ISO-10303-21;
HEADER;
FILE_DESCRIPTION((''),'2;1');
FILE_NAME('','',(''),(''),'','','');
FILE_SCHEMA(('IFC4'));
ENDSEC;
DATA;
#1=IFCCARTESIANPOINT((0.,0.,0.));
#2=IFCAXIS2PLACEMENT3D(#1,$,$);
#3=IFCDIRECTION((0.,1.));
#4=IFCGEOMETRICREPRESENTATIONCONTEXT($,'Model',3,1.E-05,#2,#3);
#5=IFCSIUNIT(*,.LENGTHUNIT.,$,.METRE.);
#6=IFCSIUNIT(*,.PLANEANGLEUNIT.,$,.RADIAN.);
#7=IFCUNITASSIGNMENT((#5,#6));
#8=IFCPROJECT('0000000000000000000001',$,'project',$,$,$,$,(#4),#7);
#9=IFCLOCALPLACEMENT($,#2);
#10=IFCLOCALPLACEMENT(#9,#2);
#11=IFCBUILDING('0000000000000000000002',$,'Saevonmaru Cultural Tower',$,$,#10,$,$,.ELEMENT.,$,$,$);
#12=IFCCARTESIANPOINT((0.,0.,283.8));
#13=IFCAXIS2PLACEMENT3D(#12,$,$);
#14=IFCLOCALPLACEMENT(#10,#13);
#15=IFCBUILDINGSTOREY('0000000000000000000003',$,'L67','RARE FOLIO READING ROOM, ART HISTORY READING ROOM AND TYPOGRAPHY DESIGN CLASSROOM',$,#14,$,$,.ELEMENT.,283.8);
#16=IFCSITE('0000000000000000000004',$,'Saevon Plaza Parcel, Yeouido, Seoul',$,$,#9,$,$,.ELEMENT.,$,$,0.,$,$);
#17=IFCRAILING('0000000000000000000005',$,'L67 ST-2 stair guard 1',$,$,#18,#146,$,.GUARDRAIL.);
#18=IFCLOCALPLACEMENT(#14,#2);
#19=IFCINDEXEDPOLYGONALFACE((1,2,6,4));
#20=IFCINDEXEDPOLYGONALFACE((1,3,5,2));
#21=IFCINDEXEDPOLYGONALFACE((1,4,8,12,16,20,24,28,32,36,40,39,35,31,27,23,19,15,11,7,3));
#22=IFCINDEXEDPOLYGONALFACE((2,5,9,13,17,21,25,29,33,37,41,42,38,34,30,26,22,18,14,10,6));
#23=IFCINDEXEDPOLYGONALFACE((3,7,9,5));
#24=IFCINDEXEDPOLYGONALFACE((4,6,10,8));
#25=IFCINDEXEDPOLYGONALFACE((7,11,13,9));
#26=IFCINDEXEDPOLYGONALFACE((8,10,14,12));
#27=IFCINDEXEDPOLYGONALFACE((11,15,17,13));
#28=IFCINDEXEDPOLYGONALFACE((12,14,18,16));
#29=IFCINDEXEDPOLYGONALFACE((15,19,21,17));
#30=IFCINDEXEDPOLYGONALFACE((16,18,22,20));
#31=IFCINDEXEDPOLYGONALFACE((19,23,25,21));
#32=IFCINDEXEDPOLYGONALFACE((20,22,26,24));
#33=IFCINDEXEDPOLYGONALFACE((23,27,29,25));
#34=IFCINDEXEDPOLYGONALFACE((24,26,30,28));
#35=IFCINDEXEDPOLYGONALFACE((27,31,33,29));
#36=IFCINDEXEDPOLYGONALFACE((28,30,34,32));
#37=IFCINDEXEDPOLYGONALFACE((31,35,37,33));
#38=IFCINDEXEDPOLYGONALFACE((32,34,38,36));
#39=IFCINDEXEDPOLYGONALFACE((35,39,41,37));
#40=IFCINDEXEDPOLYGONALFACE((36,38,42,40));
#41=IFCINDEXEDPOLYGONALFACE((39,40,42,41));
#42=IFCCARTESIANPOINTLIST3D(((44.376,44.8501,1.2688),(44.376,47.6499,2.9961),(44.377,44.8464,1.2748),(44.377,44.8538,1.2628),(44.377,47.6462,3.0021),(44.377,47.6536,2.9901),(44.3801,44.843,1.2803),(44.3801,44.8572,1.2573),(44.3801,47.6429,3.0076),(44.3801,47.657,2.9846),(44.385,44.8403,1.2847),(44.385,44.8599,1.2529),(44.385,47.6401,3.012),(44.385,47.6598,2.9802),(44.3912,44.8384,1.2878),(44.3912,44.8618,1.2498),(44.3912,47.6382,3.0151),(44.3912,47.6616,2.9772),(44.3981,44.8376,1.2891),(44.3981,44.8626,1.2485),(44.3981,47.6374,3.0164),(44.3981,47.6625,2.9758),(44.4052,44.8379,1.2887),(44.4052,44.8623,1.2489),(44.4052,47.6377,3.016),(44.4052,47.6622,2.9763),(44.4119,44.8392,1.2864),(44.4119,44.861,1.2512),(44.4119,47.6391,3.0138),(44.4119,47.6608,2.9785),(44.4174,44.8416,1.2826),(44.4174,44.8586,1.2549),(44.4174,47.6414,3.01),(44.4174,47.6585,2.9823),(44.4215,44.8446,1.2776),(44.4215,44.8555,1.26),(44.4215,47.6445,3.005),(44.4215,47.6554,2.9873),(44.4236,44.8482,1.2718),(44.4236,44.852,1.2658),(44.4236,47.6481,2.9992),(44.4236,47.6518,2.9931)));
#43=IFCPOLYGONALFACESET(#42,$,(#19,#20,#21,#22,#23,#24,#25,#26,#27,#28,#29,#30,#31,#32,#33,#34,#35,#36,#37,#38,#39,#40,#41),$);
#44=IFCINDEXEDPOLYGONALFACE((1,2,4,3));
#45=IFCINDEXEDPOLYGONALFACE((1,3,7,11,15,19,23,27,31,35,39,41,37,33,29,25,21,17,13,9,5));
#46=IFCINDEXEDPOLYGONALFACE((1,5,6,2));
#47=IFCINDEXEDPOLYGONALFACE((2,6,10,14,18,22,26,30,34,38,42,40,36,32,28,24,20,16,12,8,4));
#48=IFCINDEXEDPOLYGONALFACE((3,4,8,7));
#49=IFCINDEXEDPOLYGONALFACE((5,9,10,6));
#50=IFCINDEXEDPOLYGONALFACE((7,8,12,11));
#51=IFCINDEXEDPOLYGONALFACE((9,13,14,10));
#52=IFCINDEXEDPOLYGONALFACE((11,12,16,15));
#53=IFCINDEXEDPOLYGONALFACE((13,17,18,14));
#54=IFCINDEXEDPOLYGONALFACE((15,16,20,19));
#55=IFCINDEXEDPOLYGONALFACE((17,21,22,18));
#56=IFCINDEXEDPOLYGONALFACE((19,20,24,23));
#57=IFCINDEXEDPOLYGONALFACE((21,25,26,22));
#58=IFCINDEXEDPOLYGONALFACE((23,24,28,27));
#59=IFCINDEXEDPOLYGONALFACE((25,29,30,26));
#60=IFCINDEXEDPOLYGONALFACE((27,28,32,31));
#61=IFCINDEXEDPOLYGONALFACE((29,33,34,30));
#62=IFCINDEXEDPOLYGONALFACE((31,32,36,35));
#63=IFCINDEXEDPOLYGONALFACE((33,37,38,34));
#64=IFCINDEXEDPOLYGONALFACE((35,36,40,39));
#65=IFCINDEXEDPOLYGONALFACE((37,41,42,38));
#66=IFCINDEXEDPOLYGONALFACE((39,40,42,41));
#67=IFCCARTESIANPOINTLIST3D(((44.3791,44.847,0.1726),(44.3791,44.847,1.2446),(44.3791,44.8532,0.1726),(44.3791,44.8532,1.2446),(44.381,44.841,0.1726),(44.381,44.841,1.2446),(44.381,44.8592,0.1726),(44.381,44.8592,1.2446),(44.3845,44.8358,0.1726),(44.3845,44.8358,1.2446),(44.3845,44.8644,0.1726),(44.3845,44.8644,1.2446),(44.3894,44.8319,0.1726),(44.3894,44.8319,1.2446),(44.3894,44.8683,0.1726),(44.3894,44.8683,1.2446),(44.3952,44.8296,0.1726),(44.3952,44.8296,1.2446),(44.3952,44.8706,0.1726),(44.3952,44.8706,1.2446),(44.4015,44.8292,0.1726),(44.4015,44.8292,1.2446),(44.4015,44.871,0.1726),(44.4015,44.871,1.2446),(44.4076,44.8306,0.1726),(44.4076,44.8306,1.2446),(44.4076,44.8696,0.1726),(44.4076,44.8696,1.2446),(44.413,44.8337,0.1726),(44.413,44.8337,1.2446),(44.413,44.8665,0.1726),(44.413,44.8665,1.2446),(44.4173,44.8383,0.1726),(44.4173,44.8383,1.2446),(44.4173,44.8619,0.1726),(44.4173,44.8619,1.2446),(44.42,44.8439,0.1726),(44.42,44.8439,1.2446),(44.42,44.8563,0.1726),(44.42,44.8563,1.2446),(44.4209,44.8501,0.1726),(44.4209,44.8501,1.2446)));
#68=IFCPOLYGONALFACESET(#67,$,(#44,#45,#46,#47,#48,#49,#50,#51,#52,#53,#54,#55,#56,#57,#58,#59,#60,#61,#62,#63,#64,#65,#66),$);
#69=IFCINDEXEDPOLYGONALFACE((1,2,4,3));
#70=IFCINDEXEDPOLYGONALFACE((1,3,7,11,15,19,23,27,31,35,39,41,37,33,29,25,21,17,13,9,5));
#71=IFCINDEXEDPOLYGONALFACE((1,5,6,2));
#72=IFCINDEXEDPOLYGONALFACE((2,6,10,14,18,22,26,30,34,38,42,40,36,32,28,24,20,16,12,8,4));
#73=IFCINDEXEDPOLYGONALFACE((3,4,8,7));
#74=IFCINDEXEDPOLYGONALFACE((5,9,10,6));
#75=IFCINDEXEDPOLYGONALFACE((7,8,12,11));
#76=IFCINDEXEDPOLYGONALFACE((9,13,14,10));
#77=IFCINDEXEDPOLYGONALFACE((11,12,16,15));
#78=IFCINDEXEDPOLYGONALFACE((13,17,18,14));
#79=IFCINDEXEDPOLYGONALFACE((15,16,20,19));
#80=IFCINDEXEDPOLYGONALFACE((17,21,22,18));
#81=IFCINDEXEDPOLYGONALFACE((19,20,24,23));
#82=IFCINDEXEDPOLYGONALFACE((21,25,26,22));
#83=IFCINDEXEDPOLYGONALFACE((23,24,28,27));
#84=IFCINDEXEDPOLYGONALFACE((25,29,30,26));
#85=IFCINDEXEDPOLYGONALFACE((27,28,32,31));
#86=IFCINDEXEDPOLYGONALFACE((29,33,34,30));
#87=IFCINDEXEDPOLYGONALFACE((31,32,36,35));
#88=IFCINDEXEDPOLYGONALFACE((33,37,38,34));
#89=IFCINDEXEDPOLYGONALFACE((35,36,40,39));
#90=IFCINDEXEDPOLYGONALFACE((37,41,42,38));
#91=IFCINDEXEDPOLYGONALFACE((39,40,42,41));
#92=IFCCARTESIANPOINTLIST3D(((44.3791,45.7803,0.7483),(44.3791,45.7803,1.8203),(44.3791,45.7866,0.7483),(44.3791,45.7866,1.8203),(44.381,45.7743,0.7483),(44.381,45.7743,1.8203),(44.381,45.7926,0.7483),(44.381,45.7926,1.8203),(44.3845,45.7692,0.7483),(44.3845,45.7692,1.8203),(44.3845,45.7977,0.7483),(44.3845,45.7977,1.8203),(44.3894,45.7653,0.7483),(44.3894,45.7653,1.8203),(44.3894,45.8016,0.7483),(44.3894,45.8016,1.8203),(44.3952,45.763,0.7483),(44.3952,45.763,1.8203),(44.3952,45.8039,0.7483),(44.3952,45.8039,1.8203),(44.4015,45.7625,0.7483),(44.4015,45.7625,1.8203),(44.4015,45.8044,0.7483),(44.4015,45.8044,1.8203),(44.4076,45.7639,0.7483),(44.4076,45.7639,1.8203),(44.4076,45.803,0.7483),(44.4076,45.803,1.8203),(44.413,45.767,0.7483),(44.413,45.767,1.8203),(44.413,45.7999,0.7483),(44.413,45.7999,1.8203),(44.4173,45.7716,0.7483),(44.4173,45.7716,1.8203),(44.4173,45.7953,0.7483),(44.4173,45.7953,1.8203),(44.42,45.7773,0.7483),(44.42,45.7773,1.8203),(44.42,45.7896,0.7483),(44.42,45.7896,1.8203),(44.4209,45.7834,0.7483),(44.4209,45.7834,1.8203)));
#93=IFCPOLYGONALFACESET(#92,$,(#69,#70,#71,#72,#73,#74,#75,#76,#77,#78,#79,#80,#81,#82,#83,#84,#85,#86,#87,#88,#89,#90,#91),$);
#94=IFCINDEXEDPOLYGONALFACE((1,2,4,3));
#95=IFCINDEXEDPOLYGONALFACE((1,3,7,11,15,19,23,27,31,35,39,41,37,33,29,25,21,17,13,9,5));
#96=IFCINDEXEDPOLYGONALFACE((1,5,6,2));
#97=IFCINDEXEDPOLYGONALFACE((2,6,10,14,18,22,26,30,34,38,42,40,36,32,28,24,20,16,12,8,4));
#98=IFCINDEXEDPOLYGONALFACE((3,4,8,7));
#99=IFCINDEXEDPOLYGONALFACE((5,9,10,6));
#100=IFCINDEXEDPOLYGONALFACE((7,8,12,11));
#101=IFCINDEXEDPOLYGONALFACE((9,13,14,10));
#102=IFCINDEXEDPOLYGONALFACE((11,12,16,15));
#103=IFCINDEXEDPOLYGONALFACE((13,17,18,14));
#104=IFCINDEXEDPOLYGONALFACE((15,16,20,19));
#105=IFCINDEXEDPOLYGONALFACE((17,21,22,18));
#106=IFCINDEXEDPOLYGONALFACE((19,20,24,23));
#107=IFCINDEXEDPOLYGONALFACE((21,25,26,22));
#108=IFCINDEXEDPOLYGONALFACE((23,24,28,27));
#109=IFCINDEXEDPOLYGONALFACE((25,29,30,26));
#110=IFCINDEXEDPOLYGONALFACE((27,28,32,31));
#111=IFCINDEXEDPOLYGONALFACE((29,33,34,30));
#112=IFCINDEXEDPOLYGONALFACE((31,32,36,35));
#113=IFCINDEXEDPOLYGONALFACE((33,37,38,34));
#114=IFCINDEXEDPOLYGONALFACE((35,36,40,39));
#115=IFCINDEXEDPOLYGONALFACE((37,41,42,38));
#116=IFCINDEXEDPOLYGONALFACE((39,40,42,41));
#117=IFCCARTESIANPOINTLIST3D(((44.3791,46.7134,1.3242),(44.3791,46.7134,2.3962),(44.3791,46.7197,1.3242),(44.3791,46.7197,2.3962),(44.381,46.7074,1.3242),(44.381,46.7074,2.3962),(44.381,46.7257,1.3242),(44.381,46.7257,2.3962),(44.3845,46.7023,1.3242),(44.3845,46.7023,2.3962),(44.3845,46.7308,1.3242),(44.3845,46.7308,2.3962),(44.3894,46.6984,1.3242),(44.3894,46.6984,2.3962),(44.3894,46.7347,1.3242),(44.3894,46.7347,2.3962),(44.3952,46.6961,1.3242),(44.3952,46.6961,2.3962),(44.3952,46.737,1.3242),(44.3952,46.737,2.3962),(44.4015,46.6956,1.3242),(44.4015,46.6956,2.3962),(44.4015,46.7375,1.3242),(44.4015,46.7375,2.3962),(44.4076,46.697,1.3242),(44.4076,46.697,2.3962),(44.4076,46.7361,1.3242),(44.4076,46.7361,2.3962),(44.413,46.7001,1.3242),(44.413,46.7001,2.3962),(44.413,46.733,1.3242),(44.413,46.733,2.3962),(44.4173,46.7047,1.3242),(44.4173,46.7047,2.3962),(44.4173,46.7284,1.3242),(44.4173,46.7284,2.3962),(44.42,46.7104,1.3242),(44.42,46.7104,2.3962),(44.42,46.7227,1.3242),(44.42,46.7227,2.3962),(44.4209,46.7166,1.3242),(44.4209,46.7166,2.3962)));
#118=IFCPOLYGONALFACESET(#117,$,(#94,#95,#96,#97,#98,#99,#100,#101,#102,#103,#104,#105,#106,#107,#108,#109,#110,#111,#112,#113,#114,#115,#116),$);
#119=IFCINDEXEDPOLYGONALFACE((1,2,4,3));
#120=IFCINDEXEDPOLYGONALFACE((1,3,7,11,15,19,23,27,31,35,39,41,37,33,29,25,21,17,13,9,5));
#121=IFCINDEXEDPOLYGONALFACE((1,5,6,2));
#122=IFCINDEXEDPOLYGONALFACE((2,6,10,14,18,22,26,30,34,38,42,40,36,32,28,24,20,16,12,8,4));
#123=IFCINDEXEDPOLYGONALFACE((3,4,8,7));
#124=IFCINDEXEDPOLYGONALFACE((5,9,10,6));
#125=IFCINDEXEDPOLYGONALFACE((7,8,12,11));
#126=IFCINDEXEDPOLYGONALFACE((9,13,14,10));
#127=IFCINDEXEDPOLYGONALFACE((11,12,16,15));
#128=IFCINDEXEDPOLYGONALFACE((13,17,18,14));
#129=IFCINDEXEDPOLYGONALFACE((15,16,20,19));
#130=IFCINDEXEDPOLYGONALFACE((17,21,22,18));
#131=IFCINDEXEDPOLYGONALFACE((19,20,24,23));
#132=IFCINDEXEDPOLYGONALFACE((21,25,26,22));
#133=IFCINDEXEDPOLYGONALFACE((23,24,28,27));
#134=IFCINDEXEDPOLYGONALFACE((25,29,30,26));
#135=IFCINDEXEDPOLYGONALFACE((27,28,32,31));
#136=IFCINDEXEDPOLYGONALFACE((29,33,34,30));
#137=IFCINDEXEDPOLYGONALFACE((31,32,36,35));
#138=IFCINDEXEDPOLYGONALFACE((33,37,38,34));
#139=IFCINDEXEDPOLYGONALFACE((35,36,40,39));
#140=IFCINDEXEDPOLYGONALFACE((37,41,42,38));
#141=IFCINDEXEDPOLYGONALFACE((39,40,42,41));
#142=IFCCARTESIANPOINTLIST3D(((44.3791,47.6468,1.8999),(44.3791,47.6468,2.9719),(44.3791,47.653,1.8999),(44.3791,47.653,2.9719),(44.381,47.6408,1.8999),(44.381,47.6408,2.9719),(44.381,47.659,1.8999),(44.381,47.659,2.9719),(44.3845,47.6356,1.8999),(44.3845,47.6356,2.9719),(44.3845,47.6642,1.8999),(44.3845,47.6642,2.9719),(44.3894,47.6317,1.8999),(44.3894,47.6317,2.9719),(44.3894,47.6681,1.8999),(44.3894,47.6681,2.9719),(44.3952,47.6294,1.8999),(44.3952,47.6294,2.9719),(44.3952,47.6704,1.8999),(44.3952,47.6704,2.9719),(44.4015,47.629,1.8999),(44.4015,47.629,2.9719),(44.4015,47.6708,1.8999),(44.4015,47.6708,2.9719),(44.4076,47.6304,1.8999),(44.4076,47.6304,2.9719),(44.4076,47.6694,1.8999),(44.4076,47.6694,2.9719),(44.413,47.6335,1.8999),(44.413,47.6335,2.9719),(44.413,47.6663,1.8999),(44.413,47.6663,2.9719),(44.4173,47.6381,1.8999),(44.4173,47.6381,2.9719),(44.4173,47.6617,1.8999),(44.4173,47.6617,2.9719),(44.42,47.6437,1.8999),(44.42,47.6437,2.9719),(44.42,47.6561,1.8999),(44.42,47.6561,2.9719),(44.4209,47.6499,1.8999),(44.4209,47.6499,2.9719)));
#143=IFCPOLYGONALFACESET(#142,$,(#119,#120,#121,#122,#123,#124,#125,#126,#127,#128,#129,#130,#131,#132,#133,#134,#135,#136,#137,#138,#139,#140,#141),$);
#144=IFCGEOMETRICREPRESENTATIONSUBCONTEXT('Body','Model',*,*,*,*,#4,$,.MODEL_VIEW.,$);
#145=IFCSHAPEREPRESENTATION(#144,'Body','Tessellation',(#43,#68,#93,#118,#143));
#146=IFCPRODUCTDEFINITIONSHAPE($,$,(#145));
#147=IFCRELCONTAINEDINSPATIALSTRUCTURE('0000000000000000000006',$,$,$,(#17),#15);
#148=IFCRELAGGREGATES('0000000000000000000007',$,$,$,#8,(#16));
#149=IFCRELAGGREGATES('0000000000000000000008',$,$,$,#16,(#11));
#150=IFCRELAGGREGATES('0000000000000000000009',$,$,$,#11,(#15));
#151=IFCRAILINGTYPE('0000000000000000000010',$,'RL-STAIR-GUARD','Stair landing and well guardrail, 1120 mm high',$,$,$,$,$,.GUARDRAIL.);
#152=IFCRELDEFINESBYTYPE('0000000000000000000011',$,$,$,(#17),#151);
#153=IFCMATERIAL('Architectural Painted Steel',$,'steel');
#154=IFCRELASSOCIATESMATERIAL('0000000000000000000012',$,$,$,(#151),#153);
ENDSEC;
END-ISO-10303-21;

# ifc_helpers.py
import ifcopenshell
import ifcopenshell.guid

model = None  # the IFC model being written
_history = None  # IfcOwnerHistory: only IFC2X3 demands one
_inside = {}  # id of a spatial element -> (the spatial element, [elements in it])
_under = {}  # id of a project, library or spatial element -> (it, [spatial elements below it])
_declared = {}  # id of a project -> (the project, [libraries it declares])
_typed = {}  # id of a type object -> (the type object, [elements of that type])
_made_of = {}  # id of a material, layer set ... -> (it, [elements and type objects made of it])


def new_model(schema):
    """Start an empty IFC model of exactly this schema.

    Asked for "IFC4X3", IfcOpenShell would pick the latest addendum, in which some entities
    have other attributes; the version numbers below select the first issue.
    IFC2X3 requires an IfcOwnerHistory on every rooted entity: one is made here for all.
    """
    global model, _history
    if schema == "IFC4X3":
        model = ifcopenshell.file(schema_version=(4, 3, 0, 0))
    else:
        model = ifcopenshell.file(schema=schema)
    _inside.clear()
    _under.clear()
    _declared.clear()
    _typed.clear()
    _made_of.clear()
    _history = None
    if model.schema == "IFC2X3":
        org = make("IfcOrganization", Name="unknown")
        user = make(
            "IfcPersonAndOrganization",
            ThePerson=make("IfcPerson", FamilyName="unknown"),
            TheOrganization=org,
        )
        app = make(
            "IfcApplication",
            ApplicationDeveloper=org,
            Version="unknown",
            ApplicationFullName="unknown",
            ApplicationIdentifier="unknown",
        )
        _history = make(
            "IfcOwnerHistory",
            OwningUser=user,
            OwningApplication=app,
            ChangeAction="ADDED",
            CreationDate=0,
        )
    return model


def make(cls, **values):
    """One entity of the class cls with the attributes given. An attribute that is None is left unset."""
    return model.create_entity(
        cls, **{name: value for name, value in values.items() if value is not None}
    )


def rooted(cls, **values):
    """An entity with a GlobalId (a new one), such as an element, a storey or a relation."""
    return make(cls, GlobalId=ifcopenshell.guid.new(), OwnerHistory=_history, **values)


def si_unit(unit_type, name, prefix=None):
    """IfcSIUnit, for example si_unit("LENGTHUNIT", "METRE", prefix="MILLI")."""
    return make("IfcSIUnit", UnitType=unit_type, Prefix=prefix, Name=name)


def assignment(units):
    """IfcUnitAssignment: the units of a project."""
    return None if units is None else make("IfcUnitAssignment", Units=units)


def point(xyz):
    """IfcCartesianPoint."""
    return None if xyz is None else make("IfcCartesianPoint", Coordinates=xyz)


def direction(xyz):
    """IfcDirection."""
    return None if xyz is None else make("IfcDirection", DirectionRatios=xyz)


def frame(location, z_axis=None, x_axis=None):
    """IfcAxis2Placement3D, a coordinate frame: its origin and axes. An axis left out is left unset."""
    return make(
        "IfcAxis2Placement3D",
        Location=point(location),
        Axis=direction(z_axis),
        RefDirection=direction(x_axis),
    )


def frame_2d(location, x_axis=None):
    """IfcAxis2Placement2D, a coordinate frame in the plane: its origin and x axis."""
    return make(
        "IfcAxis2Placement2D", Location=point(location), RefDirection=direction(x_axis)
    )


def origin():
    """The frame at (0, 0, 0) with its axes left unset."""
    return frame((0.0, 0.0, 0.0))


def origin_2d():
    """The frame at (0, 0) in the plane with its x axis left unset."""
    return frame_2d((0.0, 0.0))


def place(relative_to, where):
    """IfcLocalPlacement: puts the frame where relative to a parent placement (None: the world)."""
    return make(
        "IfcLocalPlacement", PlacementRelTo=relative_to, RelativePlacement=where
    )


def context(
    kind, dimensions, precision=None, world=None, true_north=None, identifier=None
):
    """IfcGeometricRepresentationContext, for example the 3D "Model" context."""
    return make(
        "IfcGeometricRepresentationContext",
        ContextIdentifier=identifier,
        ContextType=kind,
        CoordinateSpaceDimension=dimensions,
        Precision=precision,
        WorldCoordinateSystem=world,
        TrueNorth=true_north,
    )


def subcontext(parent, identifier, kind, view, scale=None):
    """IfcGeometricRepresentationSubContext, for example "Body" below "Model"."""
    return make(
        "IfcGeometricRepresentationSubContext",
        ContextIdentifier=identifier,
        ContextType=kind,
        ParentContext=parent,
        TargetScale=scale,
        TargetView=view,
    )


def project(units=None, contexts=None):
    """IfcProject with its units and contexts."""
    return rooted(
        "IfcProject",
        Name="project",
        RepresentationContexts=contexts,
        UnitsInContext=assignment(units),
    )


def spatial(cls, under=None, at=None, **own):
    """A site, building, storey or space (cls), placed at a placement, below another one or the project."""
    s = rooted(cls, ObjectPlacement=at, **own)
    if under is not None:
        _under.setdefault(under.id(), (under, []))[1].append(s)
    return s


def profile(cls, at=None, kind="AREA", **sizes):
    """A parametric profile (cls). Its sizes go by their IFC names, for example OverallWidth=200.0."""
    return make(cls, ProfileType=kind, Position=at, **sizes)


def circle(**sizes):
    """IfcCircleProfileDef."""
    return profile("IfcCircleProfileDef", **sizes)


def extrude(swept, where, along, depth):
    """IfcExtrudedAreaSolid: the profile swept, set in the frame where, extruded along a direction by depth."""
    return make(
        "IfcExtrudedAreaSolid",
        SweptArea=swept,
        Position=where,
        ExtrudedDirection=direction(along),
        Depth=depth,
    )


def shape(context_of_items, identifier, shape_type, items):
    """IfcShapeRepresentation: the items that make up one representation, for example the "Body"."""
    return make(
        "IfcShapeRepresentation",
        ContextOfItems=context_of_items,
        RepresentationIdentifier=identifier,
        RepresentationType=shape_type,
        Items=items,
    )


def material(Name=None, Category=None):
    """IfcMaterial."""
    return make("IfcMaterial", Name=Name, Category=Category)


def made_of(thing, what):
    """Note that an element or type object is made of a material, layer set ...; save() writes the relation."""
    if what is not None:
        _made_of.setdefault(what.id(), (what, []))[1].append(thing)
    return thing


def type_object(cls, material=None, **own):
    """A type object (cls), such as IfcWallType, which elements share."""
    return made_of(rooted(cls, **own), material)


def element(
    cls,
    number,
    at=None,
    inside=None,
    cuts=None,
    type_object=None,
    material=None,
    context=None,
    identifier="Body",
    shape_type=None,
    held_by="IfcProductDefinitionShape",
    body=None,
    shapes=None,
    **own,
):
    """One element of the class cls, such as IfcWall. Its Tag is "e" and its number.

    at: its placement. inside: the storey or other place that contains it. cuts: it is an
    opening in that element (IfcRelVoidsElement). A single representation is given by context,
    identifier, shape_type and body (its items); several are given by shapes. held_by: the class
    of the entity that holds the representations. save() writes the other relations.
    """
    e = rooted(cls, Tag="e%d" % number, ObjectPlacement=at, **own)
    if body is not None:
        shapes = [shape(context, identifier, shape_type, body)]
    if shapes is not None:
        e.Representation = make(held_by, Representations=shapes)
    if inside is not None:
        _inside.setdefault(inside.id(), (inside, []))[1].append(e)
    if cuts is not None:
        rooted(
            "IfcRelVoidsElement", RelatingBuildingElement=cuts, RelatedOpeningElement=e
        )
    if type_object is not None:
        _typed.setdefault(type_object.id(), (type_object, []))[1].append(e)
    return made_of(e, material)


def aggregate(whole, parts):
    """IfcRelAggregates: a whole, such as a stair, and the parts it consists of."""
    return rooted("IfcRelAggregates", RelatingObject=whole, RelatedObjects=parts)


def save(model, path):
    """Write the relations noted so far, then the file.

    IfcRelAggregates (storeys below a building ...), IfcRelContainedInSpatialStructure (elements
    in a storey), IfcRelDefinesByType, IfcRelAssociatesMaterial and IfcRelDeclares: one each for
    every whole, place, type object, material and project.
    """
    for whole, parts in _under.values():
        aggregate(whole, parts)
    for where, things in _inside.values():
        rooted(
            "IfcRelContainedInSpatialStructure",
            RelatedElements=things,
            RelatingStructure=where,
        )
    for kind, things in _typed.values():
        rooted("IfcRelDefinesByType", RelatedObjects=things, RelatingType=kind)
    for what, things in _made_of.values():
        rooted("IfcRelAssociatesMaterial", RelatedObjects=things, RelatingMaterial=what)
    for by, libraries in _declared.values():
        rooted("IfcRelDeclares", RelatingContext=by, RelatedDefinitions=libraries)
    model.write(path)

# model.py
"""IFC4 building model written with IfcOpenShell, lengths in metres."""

from ifc_helpers import new_model, si_unit, direction, frame, origin, origin_2d, place, context, subcontext, project, spatial, circle, extrude, material, type_object, element, save


model = new_model("IFC4")

# Units and contexts
model_context = context("Model", 3, precision=1e-05, world=origin(), true_north=direction((0.0, 1.0)))
body_context = subcontext(model_context, "Body", "Model", "MODEL_VIEW")
ifc_project = project(units=[si_unit("LENGTHUNIT", "METRE"), si_unit("PLANEANGLEUNIT", "RADIAN")], contexts=[model_context])

# Site, building, storey
site_placement = place(None, origin())
site = spatial("IfcSite", under=ifc_project, at=site_placement, Name="Saevon Plaza Parcel, Yeouido, Seoul", CompositionType="ELEMENT", RefElevation=0.0)
building_placement = place(site_placement, origin())
building = spatial("IfcBuilding", under=site, at=building_placement, Name="Saevonmaru Cultural Tower", CompositionType="ELEMENT")
storey_placement = place(building_placement, frame((0.0, 0.0, 283.8)))
storey = spatial("IfcBuildingStorey", under=building, at=storey_placement, Name="L67", Description="RARE FOLIO READING ROOM, ART HISTORY READING ROOM AND TYPOGRAPHY DESIGN CLASSROOM", CompositionType="ELEMENT", Elevation=283.8)

# Railing
ifc_material_1 = material(Name="Architectural Painted Steel", Category="steel")
railing_type_1 = type_object("IfcRailingType", Name="RL-STAIR-GUARD", Description="Stair landing and well guardrail, 1120 mm high", PredefinedType="GUARDRAIL", material=ifc_material_1)
railing_1_placement = place(storey_placement, frame((44.3999, 44.8501, 0.1726)))
element("IfcRailing", 1, at=railing_1_placement, inside=storey, type_object=railing_type_1, Name="L67 ST-2 stair guard 1", PredefinedType="GUARDRAIL", context=body_context, shape_type="SweptSolid", body=[
    extrude(circle(Radius=0.0239, at=origin_2d()), frame((0.0, 0.0, 1.0962), z_axis=(0.0, 0.851069, 0.525054), x_axis=(-1.0, 0.0, 0.0)), (0.0, 0.0, 1.0), 3.2898),
    extrude(circle(Radius=0.021, at=origin_2d()), origin(), (0.0, 0.0, 1.0), 1.072),
    extrude(circle(Radius=0.021, at=origin_2d()), frame((0.0, 0.9333, 0.5757)), (0.0, 0.0, 1.0), 1.072),
    extrude(circle(Radius=0.021, at=origin_2d()), frame((0.0, 1.8665, 1.1516)), (0.0, 0.0, 1.0), 1.072),
    extrude(circle(Radius=0.021, at=origin_2d()), frame((0.0, 2.7998, 1.7273)), (0.0, 0.0, 1.0), 1.072),
])

save(model, "model.ifc")
